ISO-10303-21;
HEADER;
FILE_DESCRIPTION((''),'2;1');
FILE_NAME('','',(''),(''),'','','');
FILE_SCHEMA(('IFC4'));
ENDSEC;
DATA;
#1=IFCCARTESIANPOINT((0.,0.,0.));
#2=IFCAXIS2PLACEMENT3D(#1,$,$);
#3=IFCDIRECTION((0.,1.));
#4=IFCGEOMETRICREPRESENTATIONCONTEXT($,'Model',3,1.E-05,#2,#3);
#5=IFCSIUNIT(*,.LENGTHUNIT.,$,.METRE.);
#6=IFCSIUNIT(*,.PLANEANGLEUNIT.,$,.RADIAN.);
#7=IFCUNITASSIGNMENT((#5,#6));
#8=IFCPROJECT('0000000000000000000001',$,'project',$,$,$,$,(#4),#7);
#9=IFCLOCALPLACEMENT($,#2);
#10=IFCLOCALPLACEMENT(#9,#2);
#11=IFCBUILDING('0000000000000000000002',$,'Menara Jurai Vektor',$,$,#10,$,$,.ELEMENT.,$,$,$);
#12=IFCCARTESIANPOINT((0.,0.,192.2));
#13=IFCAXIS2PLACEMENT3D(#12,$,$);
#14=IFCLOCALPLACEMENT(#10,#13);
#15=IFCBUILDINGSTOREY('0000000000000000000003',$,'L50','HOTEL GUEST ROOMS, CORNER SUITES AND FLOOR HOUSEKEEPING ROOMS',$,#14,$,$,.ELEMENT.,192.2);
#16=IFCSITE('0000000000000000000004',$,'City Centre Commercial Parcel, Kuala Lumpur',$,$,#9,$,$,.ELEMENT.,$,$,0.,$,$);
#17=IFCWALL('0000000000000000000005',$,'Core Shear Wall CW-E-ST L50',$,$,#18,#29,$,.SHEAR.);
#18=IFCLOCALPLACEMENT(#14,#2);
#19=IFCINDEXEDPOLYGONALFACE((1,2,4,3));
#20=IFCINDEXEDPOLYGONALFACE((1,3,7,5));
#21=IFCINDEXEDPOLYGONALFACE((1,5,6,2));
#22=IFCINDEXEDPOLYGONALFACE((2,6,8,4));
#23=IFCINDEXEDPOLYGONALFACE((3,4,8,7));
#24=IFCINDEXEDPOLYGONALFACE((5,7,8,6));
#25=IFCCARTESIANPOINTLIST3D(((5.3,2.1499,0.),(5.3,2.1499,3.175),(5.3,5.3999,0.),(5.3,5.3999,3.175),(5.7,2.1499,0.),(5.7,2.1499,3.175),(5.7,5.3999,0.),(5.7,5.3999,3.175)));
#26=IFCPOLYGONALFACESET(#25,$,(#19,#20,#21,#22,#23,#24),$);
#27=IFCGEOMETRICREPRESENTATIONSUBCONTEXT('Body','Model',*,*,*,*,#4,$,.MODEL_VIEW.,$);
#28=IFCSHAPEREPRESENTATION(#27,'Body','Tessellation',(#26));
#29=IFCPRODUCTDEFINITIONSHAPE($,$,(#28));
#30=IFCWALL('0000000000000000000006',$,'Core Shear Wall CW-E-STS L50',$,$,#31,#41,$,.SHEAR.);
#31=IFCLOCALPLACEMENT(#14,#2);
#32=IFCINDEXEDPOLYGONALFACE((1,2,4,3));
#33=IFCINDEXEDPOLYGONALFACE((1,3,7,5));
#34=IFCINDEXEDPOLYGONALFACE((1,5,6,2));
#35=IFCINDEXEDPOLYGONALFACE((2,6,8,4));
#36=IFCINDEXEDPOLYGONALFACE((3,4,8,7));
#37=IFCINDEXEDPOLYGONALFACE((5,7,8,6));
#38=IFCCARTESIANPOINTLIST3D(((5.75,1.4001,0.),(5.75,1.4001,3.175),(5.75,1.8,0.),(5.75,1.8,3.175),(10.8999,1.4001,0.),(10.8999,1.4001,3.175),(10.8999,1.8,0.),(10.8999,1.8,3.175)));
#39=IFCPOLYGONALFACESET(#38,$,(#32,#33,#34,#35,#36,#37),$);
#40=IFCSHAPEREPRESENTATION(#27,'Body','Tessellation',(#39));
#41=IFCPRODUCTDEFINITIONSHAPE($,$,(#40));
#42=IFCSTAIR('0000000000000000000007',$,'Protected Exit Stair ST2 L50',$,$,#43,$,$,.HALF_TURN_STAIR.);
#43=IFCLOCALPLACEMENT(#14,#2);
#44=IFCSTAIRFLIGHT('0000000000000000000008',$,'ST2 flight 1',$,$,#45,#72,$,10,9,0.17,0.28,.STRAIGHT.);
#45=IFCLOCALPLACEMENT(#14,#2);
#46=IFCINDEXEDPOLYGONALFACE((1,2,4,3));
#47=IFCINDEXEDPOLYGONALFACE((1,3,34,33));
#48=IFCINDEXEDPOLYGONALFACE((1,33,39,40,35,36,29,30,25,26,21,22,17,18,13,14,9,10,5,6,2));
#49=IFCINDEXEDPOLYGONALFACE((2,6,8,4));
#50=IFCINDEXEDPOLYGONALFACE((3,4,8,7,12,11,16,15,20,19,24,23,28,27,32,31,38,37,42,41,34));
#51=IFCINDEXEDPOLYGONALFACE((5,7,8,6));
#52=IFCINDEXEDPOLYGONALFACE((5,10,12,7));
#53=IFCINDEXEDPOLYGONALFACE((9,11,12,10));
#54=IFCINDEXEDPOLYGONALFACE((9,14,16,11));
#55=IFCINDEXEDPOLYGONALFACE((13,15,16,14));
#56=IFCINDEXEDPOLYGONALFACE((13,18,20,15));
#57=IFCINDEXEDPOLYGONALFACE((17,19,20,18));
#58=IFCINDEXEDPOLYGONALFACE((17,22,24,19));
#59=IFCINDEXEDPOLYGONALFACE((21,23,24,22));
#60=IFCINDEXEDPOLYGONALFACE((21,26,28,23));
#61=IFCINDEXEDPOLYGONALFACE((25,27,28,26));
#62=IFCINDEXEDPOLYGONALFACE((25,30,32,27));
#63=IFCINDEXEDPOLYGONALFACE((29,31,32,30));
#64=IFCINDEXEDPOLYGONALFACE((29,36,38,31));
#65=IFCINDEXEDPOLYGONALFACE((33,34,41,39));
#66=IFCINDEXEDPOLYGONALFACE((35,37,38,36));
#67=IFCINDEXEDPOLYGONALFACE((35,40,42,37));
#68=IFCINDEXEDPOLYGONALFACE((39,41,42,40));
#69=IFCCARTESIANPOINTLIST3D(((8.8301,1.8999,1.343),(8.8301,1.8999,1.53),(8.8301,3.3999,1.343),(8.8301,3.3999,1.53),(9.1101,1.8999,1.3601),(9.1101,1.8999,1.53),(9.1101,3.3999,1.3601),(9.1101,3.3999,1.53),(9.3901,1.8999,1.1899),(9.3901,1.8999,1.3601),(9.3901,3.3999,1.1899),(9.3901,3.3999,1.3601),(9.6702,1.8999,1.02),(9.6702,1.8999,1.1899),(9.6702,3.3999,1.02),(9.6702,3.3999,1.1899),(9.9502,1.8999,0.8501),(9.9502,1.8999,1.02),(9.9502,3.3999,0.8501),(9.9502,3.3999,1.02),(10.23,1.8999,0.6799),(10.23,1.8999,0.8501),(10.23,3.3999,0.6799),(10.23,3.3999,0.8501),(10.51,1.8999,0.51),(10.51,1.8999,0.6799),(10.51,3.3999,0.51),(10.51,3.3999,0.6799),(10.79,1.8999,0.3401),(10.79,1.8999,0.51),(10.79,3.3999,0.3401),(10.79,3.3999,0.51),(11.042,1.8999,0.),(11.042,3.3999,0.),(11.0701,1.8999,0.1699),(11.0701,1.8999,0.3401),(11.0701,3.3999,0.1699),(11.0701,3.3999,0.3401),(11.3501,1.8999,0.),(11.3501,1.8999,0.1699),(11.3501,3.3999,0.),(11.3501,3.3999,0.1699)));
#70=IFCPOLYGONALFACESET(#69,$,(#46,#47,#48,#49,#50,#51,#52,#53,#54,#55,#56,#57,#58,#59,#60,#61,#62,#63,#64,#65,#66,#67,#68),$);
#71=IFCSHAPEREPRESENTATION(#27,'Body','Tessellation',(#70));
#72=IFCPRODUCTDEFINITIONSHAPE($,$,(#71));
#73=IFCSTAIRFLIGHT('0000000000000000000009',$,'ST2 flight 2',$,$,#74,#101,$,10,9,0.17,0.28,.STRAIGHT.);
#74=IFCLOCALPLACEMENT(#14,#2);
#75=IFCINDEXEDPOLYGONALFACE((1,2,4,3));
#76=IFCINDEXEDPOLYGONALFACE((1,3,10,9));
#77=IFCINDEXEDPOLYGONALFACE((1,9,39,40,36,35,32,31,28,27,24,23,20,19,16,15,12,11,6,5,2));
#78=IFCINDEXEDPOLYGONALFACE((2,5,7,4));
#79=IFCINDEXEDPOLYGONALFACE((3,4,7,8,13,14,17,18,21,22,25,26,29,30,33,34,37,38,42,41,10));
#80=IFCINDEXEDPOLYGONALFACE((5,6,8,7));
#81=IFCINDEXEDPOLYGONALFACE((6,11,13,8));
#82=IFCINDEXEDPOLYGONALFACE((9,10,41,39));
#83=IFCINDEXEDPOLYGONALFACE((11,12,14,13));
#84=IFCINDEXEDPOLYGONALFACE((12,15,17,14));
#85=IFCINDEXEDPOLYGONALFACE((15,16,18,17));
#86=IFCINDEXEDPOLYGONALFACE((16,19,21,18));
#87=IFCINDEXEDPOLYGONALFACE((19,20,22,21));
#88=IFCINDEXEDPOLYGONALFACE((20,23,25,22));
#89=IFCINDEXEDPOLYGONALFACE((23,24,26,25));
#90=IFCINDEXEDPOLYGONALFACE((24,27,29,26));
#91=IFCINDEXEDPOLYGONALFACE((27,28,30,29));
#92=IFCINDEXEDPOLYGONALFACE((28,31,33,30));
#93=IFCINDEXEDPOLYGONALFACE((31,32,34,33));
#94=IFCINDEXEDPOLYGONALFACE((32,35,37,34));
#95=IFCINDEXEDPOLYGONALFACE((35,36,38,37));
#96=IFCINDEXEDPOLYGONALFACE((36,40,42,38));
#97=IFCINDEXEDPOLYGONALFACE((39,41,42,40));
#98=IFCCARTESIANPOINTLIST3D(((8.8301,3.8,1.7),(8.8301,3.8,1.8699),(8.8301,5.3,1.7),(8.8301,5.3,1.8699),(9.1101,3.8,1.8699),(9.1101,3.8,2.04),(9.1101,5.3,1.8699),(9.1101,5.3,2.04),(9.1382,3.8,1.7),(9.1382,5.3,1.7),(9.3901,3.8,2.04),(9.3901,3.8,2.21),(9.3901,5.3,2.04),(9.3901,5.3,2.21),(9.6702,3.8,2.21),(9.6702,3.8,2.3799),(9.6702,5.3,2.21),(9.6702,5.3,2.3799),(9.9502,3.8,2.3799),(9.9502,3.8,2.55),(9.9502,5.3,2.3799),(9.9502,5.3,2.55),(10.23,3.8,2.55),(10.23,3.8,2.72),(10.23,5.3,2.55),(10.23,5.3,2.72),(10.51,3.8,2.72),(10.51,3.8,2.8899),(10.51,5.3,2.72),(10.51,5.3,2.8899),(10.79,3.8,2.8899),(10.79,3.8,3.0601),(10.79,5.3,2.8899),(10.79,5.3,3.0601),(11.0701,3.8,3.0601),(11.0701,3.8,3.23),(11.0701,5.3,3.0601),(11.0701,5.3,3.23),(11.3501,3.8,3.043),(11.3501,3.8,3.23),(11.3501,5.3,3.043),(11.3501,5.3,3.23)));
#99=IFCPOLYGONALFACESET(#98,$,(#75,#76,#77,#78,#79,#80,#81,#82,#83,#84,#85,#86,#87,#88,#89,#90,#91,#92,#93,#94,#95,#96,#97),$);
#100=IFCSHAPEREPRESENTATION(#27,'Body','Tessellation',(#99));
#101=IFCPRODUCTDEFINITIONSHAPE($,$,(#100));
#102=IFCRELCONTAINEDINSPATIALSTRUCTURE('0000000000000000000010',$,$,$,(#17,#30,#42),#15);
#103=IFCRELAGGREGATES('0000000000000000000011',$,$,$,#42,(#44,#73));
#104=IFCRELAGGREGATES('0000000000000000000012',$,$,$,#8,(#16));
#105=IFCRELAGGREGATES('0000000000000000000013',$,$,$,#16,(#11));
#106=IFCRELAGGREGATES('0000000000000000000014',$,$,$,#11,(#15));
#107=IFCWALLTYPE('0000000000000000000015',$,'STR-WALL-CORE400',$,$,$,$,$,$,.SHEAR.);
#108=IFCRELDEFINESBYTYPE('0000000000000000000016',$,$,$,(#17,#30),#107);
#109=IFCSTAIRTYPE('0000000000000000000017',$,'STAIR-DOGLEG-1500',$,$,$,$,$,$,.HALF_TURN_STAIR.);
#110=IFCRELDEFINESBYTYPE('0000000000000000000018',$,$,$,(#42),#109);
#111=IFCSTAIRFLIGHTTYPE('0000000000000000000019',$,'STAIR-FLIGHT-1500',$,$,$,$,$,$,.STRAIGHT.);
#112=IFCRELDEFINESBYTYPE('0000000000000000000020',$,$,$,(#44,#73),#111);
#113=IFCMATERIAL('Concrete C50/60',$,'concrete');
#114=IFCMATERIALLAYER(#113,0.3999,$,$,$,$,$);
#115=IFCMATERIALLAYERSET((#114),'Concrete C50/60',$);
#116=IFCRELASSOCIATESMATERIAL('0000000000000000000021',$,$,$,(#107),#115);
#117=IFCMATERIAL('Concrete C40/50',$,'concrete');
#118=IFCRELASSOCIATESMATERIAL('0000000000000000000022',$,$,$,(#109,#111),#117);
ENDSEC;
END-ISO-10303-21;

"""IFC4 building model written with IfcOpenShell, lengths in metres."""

from ifc_helpers import new_model, si_unit, direction, frame, frame_2d, origin, place, context, subcontext, project, spatial, polyline, rectangle, outline, extrude, material, layer, layer_set, type_object, element, aggregate, save


model = new_model("IFC4")

# Units and contexts
model_context = context("Model", 3, precision=1e-05, world=origin(), true_north=direction((0.0, 1.0)))
body_context = subcontext(model_context, "Body", "Model", "MODEL_VIEW")
ifc_project = project(units=[si_unit("LENGTHUNIT", "METRE"), si_unit("PLANEANGLEUNIT", "RADIAN")], contexts=[model_context])

# Site, building, storey
site_placement = place(None, origin())
site = spatial("IfcSite", under=ifc_project, at=site_placement, Name="City Centre Commercial Parcel, Kuala Lumpur", CompositionType="ELEMENT", RefElevation=0.0)
building_placement = place(site_placement, origin())
building = spatial("IfcBuilding", under=site, at=building_placement, Name="Menara Jurai Vektor", CompositionType="ELEMENT")
storey_placement = place(building_placement, frame((0.0, 0.0, 192.2)))
storey = spatial("IfcBuildingStorey", under=building, at=storey_placement, Name="L50", Description="HOTEL GUEST ROOMS, CORNER SUITES AND FLOOR HOUSEKEEPING ROOMS", CompositionType="ELEMENT", Elevation=192.2)

# Shared definitions
ifc_material_1 = material(Name="Concrete C50/60", Category="concrete")

# Shared definitions
ifc_material_2 = material(Name="Concrete C40/50", Category="concrete")

# Walls
ifc_layer_1 = layer(ifc_material_1, 0.3999)
ifc_layer_set_1 = layer_set([ifc_layer_1], Name="Concrete C50/60")
wall_type_1 = type_object("IfcWallType", Name="STR-WALL-CORE400", PredefinedType="SHEAR", material=ifc_layer_set_1)
wall_1_placement = place(storey_placement, frame((5.5, 2.1499, 0.0), z_axis=(0.0, 0.0, 1.0), x_axis=(0.0, 1.0, 0.0)))
element("IfcWall", 1, at=wall_1_placement, inside=storey, type_object=wall_type_1, Name="Core Shear Wall CW-E-ST L50", PredefinedType="SHEAR", context=body_context, shape_type="SweptSolid", body=[
    extrude(rectangle(XDim=3.25, YDim=0.3999, at=frame_2d((1.625, 0.0))), origin(), (0.0, 0.0, 1.0), 3.175),
])
wall_2_placement = place(storey_placement, frame((5.75, 1.6001, 0.0), z_axis=(0.0, 0.0, 1.0), x_axis=(1.0, 0.0, 0.0)))
element("IfcWall", 2, at=wall_2_placement, inside=storey, type_object=wall_type_1, Name="Core Shear Wall CW-E-STS L50", PredefinedType="SHEAR", context=body_context, shape_type="SweptSolid", body=[
    extrude(rectangle(XDim=5.1499, YDim=0.3999, at=frame_2d((2.575, 0.0))), origin(), (0.0, 0.0, 1.0), 3.175),
])

# Stair, stair flights
stair_type = type_object("IfcStairType", Name="STAIR-DOGLEG-1500", PredefinedType="HALF_TURN_STAIR", material=ifc_material_2)
stair_placement = place(storey_placement, origin())
stair = element("IfcStair", 3, at=stair_placement, inside=storey, type_object=stair_type, Name="Protected Exit Stair ST2 L50", PredefinedType="HALF_TURN_STAIR")
stair_flight_type = type_object("IfcStairFlightType", Name="STAIR-FLIGHT-1500", PredefinedType="STRAIGHT", material=ifc_material_2)
stair_flight_1_placement = place(storey_placement, frame((11.3501, 2.6499, 0.0), z_axis=(0.0, 0.0, 1.0), x_axis=(-1.0, 0.0, 0.0)))
stair_flight_1 = element("IfcStairFlight", 4, at=stair_flight_1_placement, type_object=stair_flight_type, Name="ST2 flight 1", NumberOfRisers=10, NumberOfTreads=9, PredefinedType="STRAIGHT", RiserHeight=0.17, TreadLength=0.28, context=body_context, shape_type="SweptSolid", body=[
    extrude(outline(polyline([(0.0, 0.0), (0.0, 0.1699), (0.28, 0.1699), (0.28, 0.3401), (0.5601, 0.3401), (0.5601, 0.51), (0.8401, 0.51), (0.8401, 0.6799), (1.1201, 0.6799), (1.1201, 0.8501), (1.3999, 0.8501), (1.3999, 1.02), (1.6799, 1.02), (1.6799, 1.1899), (1.96, 1.1899), (1.96, 1.3601), (2.24, 1.3601), (2.24, 1.53), (2.52, 1.53), (2.52, 1.7), (2.52, 1.343), (0.3081, 0.0), (0.0, 0.0)])), frame((0.0, 0.75, 0.0), z_axis=(0.0, -1.0, 0.0), x_axis=(1.0, 0.0, 0.0)), (0.0, 0.0, 1.0), 1.5),
])
stair_flight_2_placement = place(storey_placement, frame((8.8301, 4.55, 1.7), z_axis=(0.0, 0.0, 1.0), x_axis=(1.0, 0.0, 0.0)))
stair_flight_2 = element("IfcStairFlight", 5, at=stair_flight_2_placement, type_object=stair_flight_type, Name="ST2 flight 2", NumberOfRisers=10, NumberOfTreads=9, PredefinedType="STRAIGHT", RiserHeight=0.17, TreadLength=0.28, context=body_context, shape_type="SweptSolid", body=[
    extrude(outline(polyline([(0.0, 0.0), (0.0, 0.1699), (0.28, 0.1699), (0.28, 0.3401), (0.5601, 0.3401), (0.5601, 0.51), (0.8401, 0.51), (0.8401, 0.6799), (1.1201, 0.6799), (1.1201, 0.8501), (1.3999, 0.8501), (1.3999, 1.02), (1.6799, 1.02), (1.6799, 1.1899), (1.96, 1.1899), (1.96, 1.3601), (2.24, 1.3601), (2.24, 1.53), (2.52, 1.53), (2.52, 1.7), (2.52, 1.343), (0.3081, 0.0), (0.0, 0.0)])), frame((0.0, 0.75, 0.0), z_axis=(0.0, -1.0, 0.0), x_axis=(1.0, 0.0, 0.0)), (0.0, 0.0, 1.0), 1.5),
])
aggregate(stair, [stair_flight_1, stair_flight_2])

save(model, "model.ifc")
